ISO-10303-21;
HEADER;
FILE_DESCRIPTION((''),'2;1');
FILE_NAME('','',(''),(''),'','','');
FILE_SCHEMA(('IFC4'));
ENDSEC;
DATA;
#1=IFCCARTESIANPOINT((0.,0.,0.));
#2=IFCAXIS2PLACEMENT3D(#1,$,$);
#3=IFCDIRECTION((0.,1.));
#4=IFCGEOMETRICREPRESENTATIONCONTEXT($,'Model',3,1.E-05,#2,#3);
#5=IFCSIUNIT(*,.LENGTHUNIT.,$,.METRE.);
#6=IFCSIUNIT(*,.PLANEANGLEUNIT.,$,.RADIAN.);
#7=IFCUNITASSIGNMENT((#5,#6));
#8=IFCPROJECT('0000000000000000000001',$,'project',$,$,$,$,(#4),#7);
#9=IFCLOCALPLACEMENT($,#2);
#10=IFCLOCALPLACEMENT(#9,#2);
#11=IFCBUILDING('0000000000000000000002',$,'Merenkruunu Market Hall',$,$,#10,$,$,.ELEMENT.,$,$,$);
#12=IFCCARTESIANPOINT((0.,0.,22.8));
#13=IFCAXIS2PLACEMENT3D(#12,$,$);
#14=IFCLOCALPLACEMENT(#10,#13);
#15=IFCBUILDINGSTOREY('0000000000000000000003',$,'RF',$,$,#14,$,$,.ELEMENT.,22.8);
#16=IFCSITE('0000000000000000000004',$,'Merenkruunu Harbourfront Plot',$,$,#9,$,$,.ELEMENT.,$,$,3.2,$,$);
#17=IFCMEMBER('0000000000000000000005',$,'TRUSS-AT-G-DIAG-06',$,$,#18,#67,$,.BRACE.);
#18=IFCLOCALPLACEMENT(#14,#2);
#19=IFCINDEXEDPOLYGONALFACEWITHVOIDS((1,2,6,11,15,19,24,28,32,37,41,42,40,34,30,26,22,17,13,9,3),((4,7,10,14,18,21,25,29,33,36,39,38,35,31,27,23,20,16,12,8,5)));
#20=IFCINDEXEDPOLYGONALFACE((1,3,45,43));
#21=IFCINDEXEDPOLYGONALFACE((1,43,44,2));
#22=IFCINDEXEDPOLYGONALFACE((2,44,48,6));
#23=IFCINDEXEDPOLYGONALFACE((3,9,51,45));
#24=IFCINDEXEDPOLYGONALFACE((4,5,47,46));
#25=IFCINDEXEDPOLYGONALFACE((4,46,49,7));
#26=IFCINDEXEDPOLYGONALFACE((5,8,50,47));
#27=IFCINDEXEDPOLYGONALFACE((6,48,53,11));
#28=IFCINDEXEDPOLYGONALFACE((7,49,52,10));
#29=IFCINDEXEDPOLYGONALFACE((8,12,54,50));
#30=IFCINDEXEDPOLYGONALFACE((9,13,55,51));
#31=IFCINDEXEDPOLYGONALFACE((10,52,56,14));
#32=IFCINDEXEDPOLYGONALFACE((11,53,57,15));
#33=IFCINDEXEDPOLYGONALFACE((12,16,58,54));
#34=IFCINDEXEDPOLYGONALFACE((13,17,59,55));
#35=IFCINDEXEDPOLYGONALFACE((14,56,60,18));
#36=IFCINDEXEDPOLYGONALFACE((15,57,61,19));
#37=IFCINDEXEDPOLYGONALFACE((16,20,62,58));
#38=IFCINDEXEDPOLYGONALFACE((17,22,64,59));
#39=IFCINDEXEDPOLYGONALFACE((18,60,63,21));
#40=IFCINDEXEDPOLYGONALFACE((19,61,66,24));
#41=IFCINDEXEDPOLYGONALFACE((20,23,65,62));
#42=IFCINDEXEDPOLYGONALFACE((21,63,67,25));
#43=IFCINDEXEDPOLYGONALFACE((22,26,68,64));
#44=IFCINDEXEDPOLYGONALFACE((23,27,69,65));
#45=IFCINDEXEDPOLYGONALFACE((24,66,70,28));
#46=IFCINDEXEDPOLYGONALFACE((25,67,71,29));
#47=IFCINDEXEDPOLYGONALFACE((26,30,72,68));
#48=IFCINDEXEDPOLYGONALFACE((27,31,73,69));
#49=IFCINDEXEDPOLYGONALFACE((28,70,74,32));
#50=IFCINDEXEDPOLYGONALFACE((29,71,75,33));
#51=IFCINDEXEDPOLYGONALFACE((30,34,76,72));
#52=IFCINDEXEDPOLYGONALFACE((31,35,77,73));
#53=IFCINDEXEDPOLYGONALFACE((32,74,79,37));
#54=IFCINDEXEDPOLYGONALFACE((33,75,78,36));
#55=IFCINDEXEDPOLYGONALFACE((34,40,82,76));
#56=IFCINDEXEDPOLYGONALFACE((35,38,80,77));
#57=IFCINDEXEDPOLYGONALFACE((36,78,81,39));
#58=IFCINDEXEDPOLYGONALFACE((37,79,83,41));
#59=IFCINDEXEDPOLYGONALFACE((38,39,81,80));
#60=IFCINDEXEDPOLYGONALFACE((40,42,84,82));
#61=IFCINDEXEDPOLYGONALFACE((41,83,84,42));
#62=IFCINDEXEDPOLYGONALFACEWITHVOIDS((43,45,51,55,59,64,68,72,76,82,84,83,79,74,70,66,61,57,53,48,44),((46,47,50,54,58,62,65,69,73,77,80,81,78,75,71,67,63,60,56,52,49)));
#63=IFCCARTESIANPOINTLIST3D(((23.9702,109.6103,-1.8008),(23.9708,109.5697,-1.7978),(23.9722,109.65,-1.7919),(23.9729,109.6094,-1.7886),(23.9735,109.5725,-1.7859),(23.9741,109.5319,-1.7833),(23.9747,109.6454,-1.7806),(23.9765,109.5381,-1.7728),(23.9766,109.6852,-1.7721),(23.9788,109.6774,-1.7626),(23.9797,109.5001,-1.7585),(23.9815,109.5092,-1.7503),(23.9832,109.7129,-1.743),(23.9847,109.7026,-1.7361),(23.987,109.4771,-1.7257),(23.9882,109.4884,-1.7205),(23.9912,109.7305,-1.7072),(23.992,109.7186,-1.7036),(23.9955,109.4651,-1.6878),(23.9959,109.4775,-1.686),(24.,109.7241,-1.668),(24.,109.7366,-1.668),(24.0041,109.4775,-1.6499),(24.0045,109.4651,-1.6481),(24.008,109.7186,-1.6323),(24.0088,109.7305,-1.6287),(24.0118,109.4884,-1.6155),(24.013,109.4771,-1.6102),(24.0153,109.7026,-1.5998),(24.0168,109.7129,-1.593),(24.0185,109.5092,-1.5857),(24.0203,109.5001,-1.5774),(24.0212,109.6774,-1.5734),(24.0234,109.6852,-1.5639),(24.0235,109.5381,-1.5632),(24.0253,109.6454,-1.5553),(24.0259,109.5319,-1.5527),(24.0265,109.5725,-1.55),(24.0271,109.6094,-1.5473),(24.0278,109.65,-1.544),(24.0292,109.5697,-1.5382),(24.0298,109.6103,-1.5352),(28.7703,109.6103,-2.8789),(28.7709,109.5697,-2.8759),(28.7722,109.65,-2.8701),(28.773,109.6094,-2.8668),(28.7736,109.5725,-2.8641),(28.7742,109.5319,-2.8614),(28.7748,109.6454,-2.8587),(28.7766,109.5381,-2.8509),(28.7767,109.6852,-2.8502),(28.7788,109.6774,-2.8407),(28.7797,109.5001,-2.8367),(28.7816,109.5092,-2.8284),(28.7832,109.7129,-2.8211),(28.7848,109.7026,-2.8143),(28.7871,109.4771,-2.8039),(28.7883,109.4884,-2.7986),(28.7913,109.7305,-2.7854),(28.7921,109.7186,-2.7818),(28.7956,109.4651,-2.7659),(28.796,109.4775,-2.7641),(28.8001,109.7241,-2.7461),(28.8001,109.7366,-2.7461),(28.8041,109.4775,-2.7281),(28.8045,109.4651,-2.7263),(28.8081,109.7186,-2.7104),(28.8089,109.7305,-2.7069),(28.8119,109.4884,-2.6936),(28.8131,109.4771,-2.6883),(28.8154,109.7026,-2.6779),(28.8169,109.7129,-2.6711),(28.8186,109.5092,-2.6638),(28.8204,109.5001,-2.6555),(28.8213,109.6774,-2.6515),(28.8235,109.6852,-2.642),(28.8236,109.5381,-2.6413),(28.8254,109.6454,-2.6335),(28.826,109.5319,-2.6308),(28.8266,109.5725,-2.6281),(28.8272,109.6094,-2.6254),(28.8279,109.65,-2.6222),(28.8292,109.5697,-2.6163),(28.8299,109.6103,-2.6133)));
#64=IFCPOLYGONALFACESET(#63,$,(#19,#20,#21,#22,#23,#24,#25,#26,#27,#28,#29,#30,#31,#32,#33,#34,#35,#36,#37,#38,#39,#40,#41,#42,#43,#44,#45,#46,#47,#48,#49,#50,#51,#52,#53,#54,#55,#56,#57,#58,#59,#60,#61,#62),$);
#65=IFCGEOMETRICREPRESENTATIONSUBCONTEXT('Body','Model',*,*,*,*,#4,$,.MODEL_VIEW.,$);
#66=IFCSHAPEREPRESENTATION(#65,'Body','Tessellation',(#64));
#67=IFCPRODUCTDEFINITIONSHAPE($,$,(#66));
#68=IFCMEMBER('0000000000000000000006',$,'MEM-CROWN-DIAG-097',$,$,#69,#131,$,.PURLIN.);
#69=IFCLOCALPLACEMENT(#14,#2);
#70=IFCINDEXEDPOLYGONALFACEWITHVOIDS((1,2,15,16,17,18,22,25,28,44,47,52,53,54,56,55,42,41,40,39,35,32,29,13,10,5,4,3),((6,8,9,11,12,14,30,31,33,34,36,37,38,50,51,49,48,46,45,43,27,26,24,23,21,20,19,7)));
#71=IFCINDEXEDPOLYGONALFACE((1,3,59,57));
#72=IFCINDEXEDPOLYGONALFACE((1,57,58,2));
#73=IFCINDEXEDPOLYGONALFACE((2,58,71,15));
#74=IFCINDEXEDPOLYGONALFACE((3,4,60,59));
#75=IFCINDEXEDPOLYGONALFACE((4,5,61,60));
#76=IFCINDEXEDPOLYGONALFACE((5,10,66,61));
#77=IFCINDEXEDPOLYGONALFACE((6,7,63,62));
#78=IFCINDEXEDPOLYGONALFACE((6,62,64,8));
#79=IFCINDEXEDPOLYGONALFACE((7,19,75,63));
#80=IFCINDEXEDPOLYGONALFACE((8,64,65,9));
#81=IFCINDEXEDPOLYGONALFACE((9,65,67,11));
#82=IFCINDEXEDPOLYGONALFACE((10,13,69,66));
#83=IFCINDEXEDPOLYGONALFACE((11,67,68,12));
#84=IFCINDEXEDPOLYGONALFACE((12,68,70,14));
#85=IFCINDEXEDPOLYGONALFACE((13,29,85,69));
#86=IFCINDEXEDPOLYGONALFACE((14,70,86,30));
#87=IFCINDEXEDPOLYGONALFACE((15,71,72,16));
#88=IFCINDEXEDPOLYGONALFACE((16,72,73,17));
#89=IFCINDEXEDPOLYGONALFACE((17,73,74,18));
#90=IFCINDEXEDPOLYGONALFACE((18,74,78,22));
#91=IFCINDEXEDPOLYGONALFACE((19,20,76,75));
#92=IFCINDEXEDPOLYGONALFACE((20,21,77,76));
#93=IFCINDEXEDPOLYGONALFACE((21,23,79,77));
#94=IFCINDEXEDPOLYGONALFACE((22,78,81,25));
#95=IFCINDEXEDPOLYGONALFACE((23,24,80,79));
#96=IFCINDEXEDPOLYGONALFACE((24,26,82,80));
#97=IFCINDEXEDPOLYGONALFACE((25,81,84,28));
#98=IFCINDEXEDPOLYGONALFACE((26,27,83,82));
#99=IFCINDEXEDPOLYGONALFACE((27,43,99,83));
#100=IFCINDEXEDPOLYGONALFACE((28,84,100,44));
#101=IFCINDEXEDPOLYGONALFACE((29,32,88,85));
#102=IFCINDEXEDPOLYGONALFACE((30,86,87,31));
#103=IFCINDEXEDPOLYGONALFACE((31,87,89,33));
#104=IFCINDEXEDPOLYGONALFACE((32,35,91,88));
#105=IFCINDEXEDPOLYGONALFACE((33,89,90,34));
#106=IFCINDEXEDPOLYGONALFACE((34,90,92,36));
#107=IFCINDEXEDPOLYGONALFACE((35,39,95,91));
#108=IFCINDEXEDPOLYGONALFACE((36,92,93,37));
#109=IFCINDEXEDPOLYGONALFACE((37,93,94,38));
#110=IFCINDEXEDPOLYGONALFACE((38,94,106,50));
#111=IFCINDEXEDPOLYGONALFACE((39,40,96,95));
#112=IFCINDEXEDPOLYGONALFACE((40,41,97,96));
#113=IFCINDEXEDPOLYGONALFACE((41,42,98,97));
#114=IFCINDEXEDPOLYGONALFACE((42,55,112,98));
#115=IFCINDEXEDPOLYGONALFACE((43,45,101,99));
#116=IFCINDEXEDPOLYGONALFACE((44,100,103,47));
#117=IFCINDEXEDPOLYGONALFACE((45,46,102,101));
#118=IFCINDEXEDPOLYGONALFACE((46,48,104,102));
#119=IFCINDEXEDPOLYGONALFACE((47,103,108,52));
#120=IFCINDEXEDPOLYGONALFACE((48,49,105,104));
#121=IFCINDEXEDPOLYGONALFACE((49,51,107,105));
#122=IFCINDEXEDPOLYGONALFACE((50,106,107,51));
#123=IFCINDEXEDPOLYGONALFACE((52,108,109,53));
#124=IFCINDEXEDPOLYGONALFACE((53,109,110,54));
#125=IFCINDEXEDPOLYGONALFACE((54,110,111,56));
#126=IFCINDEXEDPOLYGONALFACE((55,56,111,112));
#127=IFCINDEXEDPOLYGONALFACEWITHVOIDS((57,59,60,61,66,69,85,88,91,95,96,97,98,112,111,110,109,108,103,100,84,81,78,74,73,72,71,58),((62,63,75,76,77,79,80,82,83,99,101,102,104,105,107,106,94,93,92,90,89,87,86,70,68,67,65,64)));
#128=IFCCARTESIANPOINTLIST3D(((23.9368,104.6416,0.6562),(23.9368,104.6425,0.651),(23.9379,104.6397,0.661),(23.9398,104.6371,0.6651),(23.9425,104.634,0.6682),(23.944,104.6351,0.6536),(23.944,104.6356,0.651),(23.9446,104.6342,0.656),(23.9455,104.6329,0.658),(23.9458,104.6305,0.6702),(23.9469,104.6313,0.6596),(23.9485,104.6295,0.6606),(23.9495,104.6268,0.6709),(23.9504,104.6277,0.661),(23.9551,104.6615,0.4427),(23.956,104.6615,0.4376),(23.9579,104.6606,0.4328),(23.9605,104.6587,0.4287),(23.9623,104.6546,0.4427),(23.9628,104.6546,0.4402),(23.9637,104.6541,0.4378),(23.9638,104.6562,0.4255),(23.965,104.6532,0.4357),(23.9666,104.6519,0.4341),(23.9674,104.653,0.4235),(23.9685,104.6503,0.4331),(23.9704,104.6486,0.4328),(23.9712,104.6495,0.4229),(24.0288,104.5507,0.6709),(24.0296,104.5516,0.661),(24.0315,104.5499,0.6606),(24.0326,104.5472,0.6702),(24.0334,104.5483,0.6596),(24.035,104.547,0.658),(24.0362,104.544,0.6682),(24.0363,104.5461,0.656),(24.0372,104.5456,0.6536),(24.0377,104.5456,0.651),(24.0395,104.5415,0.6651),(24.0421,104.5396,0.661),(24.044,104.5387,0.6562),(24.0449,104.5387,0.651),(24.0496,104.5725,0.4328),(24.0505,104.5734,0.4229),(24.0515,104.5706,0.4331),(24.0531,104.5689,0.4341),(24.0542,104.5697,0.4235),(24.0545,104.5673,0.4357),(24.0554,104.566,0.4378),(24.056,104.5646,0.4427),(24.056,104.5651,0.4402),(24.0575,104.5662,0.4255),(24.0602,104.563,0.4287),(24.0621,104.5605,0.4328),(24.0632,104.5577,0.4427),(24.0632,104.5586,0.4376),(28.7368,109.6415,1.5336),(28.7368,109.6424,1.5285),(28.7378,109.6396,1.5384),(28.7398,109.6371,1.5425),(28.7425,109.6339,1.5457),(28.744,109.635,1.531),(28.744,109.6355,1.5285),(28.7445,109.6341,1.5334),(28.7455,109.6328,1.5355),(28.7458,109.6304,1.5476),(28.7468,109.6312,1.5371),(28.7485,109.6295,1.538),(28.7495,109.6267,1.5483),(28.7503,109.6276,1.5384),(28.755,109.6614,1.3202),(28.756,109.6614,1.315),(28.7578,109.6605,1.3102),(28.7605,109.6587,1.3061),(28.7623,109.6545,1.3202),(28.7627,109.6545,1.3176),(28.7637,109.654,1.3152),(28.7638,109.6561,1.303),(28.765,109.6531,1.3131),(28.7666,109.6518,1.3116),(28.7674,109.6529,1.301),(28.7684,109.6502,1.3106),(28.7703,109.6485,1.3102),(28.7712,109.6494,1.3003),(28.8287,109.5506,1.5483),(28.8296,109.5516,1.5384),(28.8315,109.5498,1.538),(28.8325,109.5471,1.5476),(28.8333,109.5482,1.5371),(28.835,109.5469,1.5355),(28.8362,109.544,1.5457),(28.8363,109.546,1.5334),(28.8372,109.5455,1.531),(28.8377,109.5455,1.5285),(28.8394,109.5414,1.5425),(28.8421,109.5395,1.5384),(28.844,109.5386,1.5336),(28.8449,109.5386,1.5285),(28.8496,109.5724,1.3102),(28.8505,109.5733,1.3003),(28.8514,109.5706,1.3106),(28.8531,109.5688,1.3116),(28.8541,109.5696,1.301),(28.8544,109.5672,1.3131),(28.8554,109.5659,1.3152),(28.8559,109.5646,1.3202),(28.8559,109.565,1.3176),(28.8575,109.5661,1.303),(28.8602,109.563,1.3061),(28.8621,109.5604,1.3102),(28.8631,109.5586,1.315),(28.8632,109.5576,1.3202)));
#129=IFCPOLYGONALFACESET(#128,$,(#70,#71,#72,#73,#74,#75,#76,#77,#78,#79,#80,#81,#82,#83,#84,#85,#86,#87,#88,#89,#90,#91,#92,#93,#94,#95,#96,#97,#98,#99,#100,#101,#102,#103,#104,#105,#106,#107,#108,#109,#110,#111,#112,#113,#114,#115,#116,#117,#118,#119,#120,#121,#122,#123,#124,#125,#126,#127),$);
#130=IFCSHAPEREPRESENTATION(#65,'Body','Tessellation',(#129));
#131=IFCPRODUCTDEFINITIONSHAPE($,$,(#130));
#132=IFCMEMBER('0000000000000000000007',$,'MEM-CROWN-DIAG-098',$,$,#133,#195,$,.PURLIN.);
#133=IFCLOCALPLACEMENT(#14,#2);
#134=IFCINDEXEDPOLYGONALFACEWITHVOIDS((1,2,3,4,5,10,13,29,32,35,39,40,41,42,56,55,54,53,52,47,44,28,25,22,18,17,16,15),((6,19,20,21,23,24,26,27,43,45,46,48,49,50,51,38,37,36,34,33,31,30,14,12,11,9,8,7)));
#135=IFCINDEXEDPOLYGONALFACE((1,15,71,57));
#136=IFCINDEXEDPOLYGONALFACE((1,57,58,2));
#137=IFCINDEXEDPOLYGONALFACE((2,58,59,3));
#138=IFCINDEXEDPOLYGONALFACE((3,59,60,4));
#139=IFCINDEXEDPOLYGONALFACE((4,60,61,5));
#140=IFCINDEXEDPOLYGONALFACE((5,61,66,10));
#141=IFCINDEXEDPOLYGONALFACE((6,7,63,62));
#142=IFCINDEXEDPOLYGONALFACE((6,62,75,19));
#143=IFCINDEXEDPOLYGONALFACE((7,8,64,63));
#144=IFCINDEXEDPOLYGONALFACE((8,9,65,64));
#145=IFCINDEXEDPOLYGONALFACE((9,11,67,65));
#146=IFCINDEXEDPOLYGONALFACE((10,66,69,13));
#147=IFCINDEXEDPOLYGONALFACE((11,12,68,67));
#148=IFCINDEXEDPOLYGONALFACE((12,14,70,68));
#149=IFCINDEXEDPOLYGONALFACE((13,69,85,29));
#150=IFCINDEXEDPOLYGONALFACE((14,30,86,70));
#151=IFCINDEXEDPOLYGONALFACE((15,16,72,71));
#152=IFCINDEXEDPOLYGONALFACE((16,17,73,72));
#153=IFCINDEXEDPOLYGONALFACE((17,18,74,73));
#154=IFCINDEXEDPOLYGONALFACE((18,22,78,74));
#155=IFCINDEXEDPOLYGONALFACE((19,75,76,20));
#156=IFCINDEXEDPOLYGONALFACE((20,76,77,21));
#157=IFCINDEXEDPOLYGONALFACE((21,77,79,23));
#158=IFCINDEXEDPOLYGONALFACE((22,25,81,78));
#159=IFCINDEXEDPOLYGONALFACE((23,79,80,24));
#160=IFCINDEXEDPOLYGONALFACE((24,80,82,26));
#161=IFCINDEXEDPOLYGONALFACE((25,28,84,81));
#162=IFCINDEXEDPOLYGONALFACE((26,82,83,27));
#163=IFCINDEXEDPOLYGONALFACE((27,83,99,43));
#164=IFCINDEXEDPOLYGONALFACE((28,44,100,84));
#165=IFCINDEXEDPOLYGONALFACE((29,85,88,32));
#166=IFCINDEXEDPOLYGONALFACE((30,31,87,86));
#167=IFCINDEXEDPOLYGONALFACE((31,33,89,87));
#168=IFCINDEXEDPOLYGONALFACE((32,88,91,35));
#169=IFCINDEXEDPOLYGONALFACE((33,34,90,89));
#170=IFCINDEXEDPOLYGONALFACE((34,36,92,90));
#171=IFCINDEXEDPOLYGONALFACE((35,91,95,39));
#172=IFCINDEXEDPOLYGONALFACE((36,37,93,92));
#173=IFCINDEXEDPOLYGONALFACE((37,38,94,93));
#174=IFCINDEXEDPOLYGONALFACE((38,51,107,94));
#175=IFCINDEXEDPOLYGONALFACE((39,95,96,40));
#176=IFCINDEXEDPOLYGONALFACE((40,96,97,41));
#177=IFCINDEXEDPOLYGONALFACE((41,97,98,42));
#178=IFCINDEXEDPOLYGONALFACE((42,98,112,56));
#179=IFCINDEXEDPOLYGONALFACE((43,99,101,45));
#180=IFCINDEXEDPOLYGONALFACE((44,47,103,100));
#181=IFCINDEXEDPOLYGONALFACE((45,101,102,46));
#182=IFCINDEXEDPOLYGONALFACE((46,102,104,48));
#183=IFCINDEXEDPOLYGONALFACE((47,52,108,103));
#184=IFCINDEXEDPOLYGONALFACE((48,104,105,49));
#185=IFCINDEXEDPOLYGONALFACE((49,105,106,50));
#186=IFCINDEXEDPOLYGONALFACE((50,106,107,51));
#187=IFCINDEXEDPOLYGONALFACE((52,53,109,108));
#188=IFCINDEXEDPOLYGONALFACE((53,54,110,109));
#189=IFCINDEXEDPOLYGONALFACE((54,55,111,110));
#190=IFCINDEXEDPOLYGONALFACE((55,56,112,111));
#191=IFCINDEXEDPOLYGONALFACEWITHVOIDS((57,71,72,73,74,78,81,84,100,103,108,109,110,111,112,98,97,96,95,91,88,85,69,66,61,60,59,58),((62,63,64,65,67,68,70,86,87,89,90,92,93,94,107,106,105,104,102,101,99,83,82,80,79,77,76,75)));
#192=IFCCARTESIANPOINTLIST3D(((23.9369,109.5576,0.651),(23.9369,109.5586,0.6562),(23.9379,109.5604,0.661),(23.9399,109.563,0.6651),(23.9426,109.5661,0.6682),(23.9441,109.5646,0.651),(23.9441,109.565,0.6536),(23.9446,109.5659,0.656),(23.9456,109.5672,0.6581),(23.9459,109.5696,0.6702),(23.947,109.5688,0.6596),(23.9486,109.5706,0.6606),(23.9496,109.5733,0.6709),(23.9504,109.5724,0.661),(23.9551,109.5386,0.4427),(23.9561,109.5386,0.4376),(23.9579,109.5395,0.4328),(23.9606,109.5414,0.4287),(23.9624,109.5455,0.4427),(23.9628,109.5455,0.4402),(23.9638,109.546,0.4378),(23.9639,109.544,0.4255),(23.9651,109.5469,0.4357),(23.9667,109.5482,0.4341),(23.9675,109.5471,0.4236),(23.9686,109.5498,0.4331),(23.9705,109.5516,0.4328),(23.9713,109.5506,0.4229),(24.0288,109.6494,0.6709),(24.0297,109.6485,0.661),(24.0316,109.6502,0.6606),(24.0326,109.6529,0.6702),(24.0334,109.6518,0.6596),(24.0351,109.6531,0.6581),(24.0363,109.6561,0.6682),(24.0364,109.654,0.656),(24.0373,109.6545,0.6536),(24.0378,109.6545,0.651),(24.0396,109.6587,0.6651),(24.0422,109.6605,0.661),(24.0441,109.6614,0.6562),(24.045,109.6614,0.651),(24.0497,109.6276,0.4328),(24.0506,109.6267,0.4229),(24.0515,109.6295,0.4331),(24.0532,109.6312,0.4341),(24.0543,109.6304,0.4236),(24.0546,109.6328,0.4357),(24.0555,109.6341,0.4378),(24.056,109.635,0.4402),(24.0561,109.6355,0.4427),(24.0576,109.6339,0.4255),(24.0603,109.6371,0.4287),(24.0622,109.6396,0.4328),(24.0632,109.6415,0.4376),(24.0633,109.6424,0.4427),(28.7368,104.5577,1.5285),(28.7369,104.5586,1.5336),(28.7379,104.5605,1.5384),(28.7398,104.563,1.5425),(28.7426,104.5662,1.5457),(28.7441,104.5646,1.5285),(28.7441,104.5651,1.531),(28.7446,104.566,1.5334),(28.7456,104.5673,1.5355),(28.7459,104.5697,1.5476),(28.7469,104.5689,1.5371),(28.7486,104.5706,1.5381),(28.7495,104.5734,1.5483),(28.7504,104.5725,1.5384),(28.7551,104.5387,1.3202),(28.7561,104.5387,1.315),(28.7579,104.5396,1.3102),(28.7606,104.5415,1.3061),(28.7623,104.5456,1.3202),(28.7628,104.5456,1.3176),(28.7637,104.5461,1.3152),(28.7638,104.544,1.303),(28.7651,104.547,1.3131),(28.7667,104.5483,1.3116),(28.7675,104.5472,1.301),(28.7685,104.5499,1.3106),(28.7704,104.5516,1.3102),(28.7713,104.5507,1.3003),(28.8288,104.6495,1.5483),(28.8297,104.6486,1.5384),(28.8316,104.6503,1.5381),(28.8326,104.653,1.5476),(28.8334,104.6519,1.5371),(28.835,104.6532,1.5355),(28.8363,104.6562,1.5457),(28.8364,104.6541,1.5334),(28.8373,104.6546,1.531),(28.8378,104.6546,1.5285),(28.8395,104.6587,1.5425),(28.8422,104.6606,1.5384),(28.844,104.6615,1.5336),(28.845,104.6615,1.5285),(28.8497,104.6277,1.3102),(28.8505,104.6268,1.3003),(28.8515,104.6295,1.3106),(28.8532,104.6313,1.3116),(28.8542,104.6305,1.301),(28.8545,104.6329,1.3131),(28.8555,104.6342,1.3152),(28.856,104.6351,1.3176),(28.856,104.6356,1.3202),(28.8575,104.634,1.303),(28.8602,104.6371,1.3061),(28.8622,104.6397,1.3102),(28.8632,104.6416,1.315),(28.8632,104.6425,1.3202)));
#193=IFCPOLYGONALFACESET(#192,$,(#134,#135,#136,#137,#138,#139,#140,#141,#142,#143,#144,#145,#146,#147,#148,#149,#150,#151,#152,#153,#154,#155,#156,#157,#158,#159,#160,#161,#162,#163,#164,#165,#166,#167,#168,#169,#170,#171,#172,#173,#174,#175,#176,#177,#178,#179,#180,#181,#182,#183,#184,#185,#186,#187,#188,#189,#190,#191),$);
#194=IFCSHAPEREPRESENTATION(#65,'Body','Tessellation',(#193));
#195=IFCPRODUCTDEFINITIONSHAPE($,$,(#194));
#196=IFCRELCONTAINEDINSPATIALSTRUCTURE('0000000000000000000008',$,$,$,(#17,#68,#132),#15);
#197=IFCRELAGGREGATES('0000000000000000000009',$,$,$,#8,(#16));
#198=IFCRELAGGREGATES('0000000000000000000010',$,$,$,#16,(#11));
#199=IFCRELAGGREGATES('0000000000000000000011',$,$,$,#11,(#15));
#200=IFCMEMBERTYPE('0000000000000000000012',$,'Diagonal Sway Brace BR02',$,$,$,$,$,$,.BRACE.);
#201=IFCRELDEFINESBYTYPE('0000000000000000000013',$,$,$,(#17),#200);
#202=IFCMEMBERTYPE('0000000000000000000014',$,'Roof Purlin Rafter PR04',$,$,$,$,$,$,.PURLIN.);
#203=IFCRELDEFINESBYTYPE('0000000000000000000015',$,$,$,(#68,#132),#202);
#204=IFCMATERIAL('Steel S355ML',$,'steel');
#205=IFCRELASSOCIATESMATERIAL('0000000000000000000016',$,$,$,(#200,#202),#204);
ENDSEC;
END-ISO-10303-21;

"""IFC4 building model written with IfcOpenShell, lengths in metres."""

from ifc_helpers import new_model, si_unit, direction, frame, origin, origin_2d, place, context, subcontext, project, spatial, hollow_rectangle, hollow_circle, extrude, material, material_profile, profile_set, type_object, element, save


model = new_model("IFC4")

# Units and contexts
model_context = context("Model", 3, precision=1e-05, world=origin(), true_north=direction((0.0, 1.0)))
body_context = subcontext(model_context, "Body", "Model", "MODEL_VIEW")
ifc_project = project(units=[si_unit("LENGTHUNIT", "METRE"), si_unit("PLANEANGLEUNIT", "RADIAN")], contexts=[model_context])

# Site, building, storey
site_placement = place(None, origin())
site = spatial("IfcSite", under=ifc_project, at=site_placement, Name="Merenkruunu Harbourfront Plot", CompositionType="ELEMENT", RefElevation=3.2)
building_placement = place(site_placement, origin())
building = spatial("IfcBuilding", under=site, at=building_placement, Name="Merenkruunu Market Hall", CompositionType="ELEMENT")
storey_placement = place(building_placement, frame((0.0, 0.0, 22.8)))
storey = spatial("IfcBuildingStorey", under=building, at=storey_placement, Name="RF", CompositionType="ELEMENT", Elevation=22.8)

# Shared definitions
ifc_material_1 = material(Name="Steel S355ML", Category="steel")

# Members
ifc_material_profile_1 = material_profile(ifc_material_1, hollow_circle(Radius=0.1365, WallThickness=0.0125, at=origin_2d()), Name="CHS 273x12.5")
ifc_profile_set_1 = profile_set([ifc_material_profile_1], Name="Steel S355ML")
member_type_1 = type_object("IfcMemberType", Name="Diagonal Sway Brace BR02", PredefinedType="BRACE", material=ifc_profile_set_1)
member_1_placement = place(storey_placement, frame((24.0, 109.6001, -1.668), z_axis=(0.975692, 0.0, -0.219147), x_axis=(0.0, 1.0, 0.0)))
element("IfcMember", 1, at=member_1_placement, inside=storey, type_object=member_type_1, Name="TRUSS-AT-G-DIAG-06", PredefinedType="BRACE", context=body_context, shape_type="SweptSolid", body=[
    extrude(hollow_circle(Radius=0.1365, WallThickness=0.0125, at=origin_2d()), origin(), (0.0, 0.0, 1.0), 4.9197),
])
ifc_material_profile_2 = material_profile(ifc_material_1, hollow_rectangle(XDim=0.1499, YDim=0.25, WallThickness=0.01, InnerFilletRadius=0.01, OuterFilletRadius=0.02, at=origin_2d()), Name="RHS 250x150x10")
ifc_profile_set_2 = profile_set([ifc_material_profile_2], Name="Steel S355ML")
member_type_2 = type_object("IfcMemberType", Name="Roof Purlin Rafter PR04", PredefinedType="PURLIN", material=ifc_profile_set_2)
for number, where, z_axis, x_axis, name in (
    (2, (24.0, 104.6001, 0.5469), (0.687052, 0.715672, 0.125592), (-0.721384, 0.692535, 0.0), "MEM-CROWN-DIAG-097"),
    (3, (28.8, 104.6001, 1.4243), (-0.687052, 0.715672, -0.125592), (-0.721384, -0.692535, 0.0), "MEM-CROWN-DIAG-098"),
):
    element("IfcMember", number, at=place(storey_placement, frame(where, z_axis=z_axis, x_axis=x_axis)), inside=storey, type_object=member_type_2, Name=name, PredefinedType="PURLIN", context=body_context, shape_type="SweptSolid", body=[
        extrude(hollow_rectangle(XDim=0.1499, YDim=0.25, WallThickness=0.01, InnerFilletRadius=0.01, OuterFilletRadius=0.02, at=origin_2d()), origin(), (0.0, 0.0, 1.0), 6.9863),
    ])

save(model, "model.ifc")
